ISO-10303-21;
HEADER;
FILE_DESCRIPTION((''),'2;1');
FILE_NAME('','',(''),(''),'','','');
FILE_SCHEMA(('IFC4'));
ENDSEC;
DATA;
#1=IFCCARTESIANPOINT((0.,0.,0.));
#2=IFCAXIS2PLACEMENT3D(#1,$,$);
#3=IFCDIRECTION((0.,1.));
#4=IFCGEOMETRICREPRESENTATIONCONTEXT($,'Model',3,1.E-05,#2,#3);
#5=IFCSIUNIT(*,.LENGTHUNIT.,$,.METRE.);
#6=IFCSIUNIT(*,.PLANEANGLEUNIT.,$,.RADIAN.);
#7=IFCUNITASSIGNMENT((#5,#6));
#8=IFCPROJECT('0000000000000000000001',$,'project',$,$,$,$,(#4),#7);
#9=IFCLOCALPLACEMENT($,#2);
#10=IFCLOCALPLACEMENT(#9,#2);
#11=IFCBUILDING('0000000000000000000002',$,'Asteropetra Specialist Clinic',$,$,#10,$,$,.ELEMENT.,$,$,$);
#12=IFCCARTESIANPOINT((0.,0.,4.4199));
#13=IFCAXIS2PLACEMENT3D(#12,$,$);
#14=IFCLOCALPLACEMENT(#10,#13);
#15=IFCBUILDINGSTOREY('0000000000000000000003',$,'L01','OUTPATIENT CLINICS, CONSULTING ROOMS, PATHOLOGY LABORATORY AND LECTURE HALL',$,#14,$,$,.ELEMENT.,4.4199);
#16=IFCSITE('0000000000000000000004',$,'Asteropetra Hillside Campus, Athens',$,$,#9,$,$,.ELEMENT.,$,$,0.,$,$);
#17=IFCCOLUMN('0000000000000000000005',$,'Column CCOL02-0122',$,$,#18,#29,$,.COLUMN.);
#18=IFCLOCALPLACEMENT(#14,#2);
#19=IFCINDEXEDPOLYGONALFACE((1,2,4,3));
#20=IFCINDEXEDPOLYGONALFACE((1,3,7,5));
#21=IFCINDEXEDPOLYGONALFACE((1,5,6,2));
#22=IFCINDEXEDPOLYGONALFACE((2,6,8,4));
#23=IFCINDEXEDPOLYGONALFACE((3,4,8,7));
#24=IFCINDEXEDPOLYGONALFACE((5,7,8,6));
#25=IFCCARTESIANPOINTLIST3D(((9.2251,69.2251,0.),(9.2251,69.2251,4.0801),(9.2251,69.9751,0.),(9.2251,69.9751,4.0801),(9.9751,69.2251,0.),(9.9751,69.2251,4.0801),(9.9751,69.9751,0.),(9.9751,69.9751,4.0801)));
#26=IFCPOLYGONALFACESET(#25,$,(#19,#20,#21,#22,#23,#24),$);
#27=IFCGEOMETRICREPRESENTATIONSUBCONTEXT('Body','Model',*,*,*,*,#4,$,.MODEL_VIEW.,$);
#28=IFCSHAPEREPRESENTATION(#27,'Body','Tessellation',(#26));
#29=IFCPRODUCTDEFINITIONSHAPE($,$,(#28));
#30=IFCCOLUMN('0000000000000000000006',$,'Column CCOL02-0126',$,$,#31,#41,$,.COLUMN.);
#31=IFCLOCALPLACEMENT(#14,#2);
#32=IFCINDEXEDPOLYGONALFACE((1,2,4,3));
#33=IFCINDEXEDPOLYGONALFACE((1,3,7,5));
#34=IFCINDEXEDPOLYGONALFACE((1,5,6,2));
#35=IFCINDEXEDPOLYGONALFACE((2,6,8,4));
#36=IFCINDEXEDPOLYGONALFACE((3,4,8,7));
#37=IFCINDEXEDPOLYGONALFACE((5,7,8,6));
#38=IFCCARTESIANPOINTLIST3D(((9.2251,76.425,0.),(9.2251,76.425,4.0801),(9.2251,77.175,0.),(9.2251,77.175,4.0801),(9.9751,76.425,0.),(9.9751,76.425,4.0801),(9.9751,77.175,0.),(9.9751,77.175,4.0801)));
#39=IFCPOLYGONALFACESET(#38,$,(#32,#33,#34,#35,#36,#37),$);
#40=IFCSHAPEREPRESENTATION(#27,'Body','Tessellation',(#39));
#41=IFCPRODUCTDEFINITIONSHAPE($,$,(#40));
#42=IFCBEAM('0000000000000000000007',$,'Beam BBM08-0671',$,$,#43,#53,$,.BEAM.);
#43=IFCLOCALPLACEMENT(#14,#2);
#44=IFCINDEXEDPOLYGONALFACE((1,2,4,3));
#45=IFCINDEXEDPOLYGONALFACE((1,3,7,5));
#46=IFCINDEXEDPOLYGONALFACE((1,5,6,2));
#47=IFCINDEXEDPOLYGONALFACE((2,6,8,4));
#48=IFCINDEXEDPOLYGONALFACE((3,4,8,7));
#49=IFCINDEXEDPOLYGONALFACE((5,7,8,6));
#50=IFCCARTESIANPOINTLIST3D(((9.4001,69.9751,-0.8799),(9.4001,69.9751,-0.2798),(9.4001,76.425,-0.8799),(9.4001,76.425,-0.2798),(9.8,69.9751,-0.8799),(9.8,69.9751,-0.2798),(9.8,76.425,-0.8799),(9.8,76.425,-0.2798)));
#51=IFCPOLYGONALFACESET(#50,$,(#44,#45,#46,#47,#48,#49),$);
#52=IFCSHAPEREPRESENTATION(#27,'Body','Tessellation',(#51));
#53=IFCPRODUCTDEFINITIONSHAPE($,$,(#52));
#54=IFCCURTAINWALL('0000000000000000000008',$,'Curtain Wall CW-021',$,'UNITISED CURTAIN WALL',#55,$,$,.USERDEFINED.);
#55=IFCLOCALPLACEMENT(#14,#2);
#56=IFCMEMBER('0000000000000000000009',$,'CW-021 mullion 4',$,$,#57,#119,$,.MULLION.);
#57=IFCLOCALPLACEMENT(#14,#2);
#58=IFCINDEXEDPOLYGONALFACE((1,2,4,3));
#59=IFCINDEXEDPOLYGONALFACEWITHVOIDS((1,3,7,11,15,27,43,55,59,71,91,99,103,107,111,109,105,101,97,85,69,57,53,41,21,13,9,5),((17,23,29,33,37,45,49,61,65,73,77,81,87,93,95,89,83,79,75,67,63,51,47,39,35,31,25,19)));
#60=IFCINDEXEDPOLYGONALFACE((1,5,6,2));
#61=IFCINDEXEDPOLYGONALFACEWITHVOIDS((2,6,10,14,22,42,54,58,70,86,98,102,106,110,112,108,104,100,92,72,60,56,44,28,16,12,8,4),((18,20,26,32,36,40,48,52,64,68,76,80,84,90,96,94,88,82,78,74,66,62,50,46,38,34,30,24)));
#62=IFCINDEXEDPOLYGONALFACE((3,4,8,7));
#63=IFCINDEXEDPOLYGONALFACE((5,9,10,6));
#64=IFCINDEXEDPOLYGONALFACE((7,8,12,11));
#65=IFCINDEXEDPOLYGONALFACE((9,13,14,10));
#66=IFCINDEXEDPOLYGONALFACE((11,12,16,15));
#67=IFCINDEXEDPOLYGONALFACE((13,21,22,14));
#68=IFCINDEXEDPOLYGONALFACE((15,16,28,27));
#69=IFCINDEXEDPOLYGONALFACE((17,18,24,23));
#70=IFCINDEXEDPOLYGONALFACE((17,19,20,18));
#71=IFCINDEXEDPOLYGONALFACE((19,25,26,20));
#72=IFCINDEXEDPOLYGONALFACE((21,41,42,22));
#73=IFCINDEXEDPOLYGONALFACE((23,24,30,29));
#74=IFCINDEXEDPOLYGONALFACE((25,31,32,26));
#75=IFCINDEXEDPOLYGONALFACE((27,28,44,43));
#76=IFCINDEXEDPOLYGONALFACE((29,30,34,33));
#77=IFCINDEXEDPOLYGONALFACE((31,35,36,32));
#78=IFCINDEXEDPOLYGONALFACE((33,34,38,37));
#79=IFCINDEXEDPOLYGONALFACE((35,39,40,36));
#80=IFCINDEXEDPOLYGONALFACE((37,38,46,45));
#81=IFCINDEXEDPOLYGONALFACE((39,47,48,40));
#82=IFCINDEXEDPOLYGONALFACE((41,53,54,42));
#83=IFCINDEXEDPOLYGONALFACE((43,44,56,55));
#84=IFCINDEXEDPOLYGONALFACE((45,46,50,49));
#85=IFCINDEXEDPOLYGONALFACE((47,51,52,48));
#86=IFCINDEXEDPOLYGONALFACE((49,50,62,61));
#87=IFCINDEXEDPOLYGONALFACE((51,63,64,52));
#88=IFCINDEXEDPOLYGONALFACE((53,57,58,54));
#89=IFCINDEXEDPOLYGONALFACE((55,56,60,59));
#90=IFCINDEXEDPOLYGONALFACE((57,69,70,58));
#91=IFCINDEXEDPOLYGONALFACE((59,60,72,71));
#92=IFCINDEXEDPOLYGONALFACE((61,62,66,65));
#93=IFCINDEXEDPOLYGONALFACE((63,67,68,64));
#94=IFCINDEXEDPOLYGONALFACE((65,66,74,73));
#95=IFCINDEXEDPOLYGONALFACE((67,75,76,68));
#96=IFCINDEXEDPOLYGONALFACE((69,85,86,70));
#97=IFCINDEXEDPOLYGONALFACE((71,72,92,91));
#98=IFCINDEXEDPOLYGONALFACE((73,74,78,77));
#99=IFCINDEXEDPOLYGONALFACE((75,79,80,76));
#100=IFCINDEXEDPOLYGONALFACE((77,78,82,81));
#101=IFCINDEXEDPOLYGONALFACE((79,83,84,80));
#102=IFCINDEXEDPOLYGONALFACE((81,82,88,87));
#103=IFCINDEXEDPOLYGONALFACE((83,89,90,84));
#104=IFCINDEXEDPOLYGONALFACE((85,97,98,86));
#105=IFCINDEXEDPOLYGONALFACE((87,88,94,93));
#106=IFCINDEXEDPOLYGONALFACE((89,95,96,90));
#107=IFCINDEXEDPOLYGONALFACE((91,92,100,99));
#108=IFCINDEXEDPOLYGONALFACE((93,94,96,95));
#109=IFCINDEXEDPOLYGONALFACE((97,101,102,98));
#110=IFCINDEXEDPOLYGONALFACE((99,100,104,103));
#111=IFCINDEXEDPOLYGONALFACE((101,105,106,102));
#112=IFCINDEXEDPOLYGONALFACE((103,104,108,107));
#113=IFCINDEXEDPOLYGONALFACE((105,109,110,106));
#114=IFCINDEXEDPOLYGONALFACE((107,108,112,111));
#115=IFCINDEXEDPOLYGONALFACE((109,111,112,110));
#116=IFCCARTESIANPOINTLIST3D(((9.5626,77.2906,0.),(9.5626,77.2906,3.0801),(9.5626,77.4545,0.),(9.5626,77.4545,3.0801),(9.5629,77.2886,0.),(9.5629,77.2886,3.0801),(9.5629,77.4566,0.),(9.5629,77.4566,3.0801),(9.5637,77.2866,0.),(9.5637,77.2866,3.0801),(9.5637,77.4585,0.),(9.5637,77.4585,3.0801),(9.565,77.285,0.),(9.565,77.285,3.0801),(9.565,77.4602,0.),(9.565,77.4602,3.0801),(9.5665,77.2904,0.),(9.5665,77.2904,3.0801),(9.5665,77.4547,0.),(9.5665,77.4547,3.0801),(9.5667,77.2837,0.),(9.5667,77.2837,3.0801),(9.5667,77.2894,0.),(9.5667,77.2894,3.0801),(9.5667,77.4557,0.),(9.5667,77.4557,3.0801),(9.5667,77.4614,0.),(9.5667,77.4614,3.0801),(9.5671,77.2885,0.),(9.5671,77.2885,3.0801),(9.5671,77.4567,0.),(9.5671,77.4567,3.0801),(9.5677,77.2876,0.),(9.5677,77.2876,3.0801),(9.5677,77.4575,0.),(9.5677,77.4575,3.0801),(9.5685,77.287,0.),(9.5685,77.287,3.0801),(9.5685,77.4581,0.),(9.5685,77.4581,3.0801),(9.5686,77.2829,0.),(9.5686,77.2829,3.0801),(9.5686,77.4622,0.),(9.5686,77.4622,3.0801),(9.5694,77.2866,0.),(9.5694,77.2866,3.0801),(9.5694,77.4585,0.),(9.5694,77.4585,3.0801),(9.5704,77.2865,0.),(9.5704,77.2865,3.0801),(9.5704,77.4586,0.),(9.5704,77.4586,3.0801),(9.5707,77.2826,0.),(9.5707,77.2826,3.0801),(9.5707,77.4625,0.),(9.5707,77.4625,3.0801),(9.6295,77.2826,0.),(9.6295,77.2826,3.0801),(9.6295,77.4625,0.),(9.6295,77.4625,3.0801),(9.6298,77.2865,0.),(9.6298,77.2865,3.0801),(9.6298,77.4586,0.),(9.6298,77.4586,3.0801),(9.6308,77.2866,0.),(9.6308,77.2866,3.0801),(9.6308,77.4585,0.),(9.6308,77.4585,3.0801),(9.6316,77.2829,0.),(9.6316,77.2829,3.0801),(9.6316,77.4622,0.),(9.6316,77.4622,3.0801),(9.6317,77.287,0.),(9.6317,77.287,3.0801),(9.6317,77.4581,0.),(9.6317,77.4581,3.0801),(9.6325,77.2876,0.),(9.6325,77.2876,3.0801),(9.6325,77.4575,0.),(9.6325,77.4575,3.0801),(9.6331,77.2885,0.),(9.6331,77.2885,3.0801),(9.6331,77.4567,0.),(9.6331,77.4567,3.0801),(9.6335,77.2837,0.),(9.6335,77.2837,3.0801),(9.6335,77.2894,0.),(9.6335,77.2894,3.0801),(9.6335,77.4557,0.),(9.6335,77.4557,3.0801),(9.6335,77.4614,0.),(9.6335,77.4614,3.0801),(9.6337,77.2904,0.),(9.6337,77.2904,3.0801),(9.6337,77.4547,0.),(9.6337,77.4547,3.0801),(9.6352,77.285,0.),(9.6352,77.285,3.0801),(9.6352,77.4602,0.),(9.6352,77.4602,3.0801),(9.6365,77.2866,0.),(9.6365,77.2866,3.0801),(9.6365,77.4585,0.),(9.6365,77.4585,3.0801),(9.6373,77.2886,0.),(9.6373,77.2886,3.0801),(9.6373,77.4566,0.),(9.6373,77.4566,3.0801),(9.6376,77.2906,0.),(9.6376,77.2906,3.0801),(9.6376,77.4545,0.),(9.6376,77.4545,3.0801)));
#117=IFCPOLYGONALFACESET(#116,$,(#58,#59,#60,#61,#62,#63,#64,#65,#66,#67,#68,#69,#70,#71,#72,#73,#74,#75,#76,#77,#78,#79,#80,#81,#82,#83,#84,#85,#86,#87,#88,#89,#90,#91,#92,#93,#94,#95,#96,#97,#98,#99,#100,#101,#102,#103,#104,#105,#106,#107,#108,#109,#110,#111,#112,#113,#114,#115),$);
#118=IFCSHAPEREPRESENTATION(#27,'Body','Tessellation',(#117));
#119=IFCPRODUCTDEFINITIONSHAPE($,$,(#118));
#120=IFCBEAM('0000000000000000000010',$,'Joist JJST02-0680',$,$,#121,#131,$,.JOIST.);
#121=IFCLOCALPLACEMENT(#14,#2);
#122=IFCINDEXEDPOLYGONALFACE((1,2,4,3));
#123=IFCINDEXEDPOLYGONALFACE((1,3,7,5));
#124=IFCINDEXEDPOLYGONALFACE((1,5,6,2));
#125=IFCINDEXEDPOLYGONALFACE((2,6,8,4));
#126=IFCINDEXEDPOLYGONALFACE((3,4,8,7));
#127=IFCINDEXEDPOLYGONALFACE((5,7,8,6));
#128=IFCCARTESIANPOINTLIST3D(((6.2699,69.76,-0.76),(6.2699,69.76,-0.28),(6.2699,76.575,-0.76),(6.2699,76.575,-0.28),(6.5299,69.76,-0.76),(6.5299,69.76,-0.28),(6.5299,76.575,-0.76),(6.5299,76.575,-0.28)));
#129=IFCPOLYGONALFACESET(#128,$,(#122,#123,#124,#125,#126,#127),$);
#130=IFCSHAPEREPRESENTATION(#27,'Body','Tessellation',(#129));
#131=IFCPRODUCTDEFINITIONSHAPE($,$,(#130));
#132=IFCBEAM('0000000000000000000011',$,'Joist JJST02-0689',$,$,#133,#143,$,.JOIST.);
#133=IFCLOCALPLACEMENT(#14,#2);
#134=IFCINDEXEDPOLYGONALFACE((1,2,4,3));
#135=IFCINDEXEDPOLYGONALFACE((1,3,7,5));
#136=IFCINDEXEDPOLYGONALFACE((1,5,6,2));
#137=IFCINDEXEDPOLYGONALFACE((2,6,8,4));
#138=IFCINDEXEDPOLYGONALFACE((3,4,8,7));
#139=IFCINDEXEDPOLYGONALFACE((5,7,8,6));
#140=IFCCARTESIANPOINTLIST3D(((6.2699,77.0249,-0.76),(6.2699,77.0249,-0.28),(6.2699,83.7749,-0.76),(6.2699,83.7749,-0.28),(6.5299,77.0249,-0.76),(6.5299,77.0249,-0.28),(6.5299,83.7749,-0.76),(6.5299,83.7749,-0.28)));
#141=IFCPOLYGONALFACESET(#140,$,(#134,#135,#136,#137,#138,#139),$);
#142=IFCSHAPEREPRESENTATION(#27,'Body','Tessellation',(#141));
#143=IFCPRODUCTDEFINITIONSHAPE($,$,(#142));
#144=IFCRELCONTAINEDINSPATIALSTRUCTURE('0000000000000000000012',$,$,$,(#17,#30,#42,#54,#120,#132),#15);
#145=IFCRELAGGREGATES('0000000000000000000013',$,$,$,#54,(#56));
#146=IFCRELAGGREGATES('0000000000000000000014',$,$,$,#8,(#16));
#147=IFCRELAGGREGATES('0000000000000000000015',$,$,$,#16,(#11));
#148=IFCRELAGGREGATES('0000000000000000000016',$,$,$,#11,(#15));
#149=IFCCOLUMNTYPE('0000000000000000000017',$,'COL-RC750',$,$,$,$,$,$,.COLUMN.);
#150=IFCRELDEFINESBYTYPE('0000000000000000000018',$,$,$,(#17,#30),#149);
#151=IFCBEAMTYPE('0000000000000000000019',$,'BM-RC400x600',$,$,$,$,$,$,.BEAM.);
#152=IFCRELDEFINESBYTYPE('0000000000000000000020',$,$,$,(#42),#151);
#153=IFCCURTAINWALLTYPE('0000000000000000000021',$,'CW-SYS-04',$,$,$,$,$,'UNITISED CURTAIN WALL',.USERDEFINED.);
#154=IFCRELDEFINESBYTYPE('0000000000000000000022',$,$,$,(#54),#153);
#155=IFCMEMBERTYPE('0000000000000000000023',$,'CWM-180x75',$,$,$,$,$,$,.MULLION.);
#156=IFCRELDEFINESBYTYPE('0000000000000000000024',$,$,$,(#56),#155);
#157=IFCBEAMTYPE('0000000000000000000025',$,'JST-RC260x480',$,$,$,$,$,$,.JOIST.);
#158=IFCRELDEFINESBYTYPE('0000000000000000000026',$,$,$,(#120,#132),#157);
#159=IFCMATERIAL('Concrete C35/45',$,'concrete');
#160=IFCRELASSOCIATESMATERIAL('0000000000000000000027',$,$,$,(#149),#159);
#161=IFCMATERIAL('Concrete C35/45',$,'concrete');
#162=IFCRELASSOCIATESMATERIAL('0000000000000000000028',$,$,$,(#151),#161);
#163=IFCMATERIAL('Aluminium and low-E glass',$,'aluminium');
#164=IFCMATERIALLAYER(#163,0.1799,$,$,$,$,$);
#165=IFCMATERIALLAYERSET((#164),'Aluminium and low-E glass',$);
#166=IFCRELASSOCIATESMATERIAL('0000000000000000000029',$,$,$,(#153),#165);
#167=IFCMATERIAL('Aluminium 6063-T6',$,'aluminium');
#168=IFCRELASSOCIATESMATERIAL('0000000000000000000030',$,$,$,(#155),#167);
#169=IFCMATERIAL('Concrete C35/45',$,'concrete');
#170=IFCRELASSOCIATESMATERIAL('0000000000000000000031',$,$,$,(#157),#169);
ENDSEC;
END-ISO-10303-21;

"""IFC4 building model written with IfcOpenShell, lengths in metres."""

from ifc_helpers import new_model, si_unit, direction, frame, origin, origin_2d, place, context, subcontext, project, spatial, rectangle, hollow_rectangle, extrude, material, layer, layer_set, material_profile, profile_set, type_object, element, aggregate, save


model = new_model("IFC4")

# Units and contexts
model_context = context("Model", 3, precision=1e-05, world=origin(), true_north=direction((0.0, 1.0)))
body_context = subcontext(model_context, "Body", "Model", "MODEL_VIEW")
ifc_project = project(units=[si_unit("LENGTHUNIT", "METRE"), si_unit("PLANEANGLEUNIT", "RADIAN")], contexts=[model_context])

# Site, building, storey
site_placement = place(None, origin())
site = spatial("IfcSite", under=ifc_project, at=site_placement, Name="Asteropetra Hillside Campus, Athens", CompositionType="ELEMENT", RefElevation=0.0)
building_placement = place(site_placement, origin())
building = spatial("IfcBuilding", under=site, at=building_placement, Name="Asteropetra Specialist Clinic", CompositionType="ELEMENT")
storey_placement = place(building_placement, frame((0.0, 0.0, 4.4199)))
storey = spatial("IfcBuildingStorey", under=building, at=storey_placement, Name="L01", Description="OUTPATIENT CLINICS, CONSULTING ROOMS, PATHOLOGY LABORATORY AND LECTURE HALL", CompositionType="ELEMENT", Elevation=4.4199)

# Columns
ifc_material_1 = material(Name="Concrete C35/45", Category="concrete")
ifc_material_profile_1 = material_profile(ifc_material_1, rectangle(XDim=0.75, YDim=0.75, at=origin_2d()), Name="RC 750x750")
ifc_profile_set_1 = profile_set([ifc_material_profile_1], Name="Concrete C35/45")
column_type = type_object("IfcColumnType", Name="COL-RC750", PredefinedType="COLUMN", material=ifc_profile_set_1)
for number, where, z_axis, x_axis, name in (
    (1, (9.6001, 69.6001, 0.0), (0.0, 0.0, 1.0), (1.0, 0.0, 0.0), "Column CCOL02-0122"),
    (2, (9.6001, 76.8, 0.0), (0.0, 0.0, 1.0), (1.0, 0.0, 0.0), "Column CCOL02-0126"),
):
    element("IfcColumn", number, at=place(storey_placement, frame(where, z_axis=z_axis, x_axis=x_axis)), inside=storey, type_object=column_type, Name=name, PredefinedType="COLUMN", context=body_context, shape_type="SweptSolid", body=[
        extrude(rectangle(XDim=0.75, YDim=0.75, at=origin_2d()), origin(), (0.0, 0.0, 1.0), 4.0801),
    ])

# Beam
ifc_material_2 = material(Name="Concrete C35/45", Category="concrete")
ifc_material_profile_2 = material_profile(ifc_material_2, rectangle(XDim=0.3999, YDim=0.6001, at=origin_2d()), Name="RCB 400x600")
ifc_profile_set_2 = profile_set([ifc_material_profile_2], Name="Concrete C35/45")
beam_type_1 = type_object("IfcBeamType", Name="BM-RC400x600", PredefinedType="BEAM", material=ifc_profile_set_2)
beam_1_placement = place(storey_placement, frame((9.6001, 69.9751, -0.5798), z_axis=(0.0, 1.0, 0.0), x_axis=(-1.0, 0.0, 0.0)))
element("IfcBeam", 3, at=beam_1_placement, inside=storey, type_object=beam_type_1, Name="Beam BBM08-0671", PredefinedType="BEAM", context=body_context, shape_type="SweptSolid", body=[
    extrude(rectangle(XDim=0.3999, YDim=0.6001, at=origin_2d()), origin(), (0.0, 0.0, 1.0), 6.45),
])

# Curtain wall, member
ifc_material_3 = material(Name="Aluminium and low-E glass", Category="aluminium")
ifc_layer_1 = layer(ifc_material_3, 0.1799)
ifc_layer_set_1 = layer_set([ifc_layer_1], Name="Aluminium and low-E glass")
curtain_wall_type = type_object("IfcCurtainWallType", Name="CW-SYS-04", ElementType="UNITISED CURTAIN WALL", PredefinedType="USERDEFINED", material=ifc_layer_set_1)
curtain_wall_placement = place(storey_placement, origin())
curtain_wall = element("IfcCurtainWall", 4, at=curtain_wall_placement, inside=storey, type_object=curtain_wall_type, Name="Curtain Wall CW-021", ObjectType="UNITISED CURTAIN WALL", PredefinedType="USERDEFINED")
ifc_material_4 = material(Name="Aluminium 6063-T6", Category="aluminium")
ifc_material_profile_3 = material_profile(ifc_material_4, hollow_rectangle(XDim=0.075, YDim=0.1799, WallThickness=0.0039, InnerFilletRadius=0.0039, OuterFilletRadius=0.0081, at=origin_2d()), Name="MUL 180x75x4.0")
ifc_profile_set_3 = profile_set([ifc_material_profile_3], Name="Aluminium 6063-T6")
member_type = type_object("IfcMemberType", Name="CWM-180x75", PredefinedType="MULLION", material=ifc_profile_set_3)
member_placement = place(storey_placement, frame((9.6001, 77.3726, 0.0), z_axis=(0.0, 0.0, 1.0), x_axis=(1.0, 0.0, 0.0)))
member = element("IfcMember", 5, at=member_placement, type_object=member_type, Name="CW-021 mullion 4", PredefinedType="MULLION", context=body_context, shape_type="SweptSolid", body=[
    extrude(hollow_rectangle(XDim=0.075, YDim=0.1799, WallThickness=0.0039, InnerFilletRadius=0.0039, OuterFilletRadius=0.0081, at=origin_2d()), origin(), (0.0, 0.0, 1.0), 3.0801),
])

# Beams
ifc_material_5 = material(Name="Concrete C35/45", Category="concrete")
ifc_material_profile_4 = material_profile(ifc_material_5, rectangle(XDim=0.26, YDim=0.48, at=origin_2d()), Name="RCJ 260x480")
ifc_profile_set_4 = profile_set([ifc_material_profile_4], Name="Concrete C35/45")
beam_type_2 = type_object("IfcBeamType", Name="JST-RC260x480", PredefinedType="JOIST", material=ifc_profile_set_4)
beam_2_placement = place(storey_placement, frame((6.3999, 69.76, -0.52), z_axis=(0.0, 1.0, 0.0), x_axis=(-1.0, 0.0, 0.0)))
element("IfcBeam", 6, at=beam_2_placement, inside=storey, type_object=beam_type_2, Name="Joist JJST02-0680", PredefinedType="JOIST", context=body_context, shape_type="SweptSolid", body=[
    extrude(rectangle(XDim=0.26, YDim=0.48, at=origin_2d()), origin(), (0.0, 0.0, 1.0), 6.8149),
])
beam_3_placement = place(storey_placement, frame((6.3999, 77.0249, -0.52), z_axis=(0.0, 1.0, 0.0), x_axis=(-1.0, 0.0, 0.0)))
element("IfcBeam", 7, at=beam_3_placement, inside=storey, type_object=beam_type_2, Name="Joist JJST02-0689", PredefinedType="JOIST", context=body_context, shape_type="SweptSolid", body=[
    extrude(rectangle(XDim=0.26, YDim=0.48, at=origin_2d()), origin(), (0.0, 0.0, 1.0), 6.75),
])

aggregate(curtain_wall, [member])

save(model, "model.ifc")
